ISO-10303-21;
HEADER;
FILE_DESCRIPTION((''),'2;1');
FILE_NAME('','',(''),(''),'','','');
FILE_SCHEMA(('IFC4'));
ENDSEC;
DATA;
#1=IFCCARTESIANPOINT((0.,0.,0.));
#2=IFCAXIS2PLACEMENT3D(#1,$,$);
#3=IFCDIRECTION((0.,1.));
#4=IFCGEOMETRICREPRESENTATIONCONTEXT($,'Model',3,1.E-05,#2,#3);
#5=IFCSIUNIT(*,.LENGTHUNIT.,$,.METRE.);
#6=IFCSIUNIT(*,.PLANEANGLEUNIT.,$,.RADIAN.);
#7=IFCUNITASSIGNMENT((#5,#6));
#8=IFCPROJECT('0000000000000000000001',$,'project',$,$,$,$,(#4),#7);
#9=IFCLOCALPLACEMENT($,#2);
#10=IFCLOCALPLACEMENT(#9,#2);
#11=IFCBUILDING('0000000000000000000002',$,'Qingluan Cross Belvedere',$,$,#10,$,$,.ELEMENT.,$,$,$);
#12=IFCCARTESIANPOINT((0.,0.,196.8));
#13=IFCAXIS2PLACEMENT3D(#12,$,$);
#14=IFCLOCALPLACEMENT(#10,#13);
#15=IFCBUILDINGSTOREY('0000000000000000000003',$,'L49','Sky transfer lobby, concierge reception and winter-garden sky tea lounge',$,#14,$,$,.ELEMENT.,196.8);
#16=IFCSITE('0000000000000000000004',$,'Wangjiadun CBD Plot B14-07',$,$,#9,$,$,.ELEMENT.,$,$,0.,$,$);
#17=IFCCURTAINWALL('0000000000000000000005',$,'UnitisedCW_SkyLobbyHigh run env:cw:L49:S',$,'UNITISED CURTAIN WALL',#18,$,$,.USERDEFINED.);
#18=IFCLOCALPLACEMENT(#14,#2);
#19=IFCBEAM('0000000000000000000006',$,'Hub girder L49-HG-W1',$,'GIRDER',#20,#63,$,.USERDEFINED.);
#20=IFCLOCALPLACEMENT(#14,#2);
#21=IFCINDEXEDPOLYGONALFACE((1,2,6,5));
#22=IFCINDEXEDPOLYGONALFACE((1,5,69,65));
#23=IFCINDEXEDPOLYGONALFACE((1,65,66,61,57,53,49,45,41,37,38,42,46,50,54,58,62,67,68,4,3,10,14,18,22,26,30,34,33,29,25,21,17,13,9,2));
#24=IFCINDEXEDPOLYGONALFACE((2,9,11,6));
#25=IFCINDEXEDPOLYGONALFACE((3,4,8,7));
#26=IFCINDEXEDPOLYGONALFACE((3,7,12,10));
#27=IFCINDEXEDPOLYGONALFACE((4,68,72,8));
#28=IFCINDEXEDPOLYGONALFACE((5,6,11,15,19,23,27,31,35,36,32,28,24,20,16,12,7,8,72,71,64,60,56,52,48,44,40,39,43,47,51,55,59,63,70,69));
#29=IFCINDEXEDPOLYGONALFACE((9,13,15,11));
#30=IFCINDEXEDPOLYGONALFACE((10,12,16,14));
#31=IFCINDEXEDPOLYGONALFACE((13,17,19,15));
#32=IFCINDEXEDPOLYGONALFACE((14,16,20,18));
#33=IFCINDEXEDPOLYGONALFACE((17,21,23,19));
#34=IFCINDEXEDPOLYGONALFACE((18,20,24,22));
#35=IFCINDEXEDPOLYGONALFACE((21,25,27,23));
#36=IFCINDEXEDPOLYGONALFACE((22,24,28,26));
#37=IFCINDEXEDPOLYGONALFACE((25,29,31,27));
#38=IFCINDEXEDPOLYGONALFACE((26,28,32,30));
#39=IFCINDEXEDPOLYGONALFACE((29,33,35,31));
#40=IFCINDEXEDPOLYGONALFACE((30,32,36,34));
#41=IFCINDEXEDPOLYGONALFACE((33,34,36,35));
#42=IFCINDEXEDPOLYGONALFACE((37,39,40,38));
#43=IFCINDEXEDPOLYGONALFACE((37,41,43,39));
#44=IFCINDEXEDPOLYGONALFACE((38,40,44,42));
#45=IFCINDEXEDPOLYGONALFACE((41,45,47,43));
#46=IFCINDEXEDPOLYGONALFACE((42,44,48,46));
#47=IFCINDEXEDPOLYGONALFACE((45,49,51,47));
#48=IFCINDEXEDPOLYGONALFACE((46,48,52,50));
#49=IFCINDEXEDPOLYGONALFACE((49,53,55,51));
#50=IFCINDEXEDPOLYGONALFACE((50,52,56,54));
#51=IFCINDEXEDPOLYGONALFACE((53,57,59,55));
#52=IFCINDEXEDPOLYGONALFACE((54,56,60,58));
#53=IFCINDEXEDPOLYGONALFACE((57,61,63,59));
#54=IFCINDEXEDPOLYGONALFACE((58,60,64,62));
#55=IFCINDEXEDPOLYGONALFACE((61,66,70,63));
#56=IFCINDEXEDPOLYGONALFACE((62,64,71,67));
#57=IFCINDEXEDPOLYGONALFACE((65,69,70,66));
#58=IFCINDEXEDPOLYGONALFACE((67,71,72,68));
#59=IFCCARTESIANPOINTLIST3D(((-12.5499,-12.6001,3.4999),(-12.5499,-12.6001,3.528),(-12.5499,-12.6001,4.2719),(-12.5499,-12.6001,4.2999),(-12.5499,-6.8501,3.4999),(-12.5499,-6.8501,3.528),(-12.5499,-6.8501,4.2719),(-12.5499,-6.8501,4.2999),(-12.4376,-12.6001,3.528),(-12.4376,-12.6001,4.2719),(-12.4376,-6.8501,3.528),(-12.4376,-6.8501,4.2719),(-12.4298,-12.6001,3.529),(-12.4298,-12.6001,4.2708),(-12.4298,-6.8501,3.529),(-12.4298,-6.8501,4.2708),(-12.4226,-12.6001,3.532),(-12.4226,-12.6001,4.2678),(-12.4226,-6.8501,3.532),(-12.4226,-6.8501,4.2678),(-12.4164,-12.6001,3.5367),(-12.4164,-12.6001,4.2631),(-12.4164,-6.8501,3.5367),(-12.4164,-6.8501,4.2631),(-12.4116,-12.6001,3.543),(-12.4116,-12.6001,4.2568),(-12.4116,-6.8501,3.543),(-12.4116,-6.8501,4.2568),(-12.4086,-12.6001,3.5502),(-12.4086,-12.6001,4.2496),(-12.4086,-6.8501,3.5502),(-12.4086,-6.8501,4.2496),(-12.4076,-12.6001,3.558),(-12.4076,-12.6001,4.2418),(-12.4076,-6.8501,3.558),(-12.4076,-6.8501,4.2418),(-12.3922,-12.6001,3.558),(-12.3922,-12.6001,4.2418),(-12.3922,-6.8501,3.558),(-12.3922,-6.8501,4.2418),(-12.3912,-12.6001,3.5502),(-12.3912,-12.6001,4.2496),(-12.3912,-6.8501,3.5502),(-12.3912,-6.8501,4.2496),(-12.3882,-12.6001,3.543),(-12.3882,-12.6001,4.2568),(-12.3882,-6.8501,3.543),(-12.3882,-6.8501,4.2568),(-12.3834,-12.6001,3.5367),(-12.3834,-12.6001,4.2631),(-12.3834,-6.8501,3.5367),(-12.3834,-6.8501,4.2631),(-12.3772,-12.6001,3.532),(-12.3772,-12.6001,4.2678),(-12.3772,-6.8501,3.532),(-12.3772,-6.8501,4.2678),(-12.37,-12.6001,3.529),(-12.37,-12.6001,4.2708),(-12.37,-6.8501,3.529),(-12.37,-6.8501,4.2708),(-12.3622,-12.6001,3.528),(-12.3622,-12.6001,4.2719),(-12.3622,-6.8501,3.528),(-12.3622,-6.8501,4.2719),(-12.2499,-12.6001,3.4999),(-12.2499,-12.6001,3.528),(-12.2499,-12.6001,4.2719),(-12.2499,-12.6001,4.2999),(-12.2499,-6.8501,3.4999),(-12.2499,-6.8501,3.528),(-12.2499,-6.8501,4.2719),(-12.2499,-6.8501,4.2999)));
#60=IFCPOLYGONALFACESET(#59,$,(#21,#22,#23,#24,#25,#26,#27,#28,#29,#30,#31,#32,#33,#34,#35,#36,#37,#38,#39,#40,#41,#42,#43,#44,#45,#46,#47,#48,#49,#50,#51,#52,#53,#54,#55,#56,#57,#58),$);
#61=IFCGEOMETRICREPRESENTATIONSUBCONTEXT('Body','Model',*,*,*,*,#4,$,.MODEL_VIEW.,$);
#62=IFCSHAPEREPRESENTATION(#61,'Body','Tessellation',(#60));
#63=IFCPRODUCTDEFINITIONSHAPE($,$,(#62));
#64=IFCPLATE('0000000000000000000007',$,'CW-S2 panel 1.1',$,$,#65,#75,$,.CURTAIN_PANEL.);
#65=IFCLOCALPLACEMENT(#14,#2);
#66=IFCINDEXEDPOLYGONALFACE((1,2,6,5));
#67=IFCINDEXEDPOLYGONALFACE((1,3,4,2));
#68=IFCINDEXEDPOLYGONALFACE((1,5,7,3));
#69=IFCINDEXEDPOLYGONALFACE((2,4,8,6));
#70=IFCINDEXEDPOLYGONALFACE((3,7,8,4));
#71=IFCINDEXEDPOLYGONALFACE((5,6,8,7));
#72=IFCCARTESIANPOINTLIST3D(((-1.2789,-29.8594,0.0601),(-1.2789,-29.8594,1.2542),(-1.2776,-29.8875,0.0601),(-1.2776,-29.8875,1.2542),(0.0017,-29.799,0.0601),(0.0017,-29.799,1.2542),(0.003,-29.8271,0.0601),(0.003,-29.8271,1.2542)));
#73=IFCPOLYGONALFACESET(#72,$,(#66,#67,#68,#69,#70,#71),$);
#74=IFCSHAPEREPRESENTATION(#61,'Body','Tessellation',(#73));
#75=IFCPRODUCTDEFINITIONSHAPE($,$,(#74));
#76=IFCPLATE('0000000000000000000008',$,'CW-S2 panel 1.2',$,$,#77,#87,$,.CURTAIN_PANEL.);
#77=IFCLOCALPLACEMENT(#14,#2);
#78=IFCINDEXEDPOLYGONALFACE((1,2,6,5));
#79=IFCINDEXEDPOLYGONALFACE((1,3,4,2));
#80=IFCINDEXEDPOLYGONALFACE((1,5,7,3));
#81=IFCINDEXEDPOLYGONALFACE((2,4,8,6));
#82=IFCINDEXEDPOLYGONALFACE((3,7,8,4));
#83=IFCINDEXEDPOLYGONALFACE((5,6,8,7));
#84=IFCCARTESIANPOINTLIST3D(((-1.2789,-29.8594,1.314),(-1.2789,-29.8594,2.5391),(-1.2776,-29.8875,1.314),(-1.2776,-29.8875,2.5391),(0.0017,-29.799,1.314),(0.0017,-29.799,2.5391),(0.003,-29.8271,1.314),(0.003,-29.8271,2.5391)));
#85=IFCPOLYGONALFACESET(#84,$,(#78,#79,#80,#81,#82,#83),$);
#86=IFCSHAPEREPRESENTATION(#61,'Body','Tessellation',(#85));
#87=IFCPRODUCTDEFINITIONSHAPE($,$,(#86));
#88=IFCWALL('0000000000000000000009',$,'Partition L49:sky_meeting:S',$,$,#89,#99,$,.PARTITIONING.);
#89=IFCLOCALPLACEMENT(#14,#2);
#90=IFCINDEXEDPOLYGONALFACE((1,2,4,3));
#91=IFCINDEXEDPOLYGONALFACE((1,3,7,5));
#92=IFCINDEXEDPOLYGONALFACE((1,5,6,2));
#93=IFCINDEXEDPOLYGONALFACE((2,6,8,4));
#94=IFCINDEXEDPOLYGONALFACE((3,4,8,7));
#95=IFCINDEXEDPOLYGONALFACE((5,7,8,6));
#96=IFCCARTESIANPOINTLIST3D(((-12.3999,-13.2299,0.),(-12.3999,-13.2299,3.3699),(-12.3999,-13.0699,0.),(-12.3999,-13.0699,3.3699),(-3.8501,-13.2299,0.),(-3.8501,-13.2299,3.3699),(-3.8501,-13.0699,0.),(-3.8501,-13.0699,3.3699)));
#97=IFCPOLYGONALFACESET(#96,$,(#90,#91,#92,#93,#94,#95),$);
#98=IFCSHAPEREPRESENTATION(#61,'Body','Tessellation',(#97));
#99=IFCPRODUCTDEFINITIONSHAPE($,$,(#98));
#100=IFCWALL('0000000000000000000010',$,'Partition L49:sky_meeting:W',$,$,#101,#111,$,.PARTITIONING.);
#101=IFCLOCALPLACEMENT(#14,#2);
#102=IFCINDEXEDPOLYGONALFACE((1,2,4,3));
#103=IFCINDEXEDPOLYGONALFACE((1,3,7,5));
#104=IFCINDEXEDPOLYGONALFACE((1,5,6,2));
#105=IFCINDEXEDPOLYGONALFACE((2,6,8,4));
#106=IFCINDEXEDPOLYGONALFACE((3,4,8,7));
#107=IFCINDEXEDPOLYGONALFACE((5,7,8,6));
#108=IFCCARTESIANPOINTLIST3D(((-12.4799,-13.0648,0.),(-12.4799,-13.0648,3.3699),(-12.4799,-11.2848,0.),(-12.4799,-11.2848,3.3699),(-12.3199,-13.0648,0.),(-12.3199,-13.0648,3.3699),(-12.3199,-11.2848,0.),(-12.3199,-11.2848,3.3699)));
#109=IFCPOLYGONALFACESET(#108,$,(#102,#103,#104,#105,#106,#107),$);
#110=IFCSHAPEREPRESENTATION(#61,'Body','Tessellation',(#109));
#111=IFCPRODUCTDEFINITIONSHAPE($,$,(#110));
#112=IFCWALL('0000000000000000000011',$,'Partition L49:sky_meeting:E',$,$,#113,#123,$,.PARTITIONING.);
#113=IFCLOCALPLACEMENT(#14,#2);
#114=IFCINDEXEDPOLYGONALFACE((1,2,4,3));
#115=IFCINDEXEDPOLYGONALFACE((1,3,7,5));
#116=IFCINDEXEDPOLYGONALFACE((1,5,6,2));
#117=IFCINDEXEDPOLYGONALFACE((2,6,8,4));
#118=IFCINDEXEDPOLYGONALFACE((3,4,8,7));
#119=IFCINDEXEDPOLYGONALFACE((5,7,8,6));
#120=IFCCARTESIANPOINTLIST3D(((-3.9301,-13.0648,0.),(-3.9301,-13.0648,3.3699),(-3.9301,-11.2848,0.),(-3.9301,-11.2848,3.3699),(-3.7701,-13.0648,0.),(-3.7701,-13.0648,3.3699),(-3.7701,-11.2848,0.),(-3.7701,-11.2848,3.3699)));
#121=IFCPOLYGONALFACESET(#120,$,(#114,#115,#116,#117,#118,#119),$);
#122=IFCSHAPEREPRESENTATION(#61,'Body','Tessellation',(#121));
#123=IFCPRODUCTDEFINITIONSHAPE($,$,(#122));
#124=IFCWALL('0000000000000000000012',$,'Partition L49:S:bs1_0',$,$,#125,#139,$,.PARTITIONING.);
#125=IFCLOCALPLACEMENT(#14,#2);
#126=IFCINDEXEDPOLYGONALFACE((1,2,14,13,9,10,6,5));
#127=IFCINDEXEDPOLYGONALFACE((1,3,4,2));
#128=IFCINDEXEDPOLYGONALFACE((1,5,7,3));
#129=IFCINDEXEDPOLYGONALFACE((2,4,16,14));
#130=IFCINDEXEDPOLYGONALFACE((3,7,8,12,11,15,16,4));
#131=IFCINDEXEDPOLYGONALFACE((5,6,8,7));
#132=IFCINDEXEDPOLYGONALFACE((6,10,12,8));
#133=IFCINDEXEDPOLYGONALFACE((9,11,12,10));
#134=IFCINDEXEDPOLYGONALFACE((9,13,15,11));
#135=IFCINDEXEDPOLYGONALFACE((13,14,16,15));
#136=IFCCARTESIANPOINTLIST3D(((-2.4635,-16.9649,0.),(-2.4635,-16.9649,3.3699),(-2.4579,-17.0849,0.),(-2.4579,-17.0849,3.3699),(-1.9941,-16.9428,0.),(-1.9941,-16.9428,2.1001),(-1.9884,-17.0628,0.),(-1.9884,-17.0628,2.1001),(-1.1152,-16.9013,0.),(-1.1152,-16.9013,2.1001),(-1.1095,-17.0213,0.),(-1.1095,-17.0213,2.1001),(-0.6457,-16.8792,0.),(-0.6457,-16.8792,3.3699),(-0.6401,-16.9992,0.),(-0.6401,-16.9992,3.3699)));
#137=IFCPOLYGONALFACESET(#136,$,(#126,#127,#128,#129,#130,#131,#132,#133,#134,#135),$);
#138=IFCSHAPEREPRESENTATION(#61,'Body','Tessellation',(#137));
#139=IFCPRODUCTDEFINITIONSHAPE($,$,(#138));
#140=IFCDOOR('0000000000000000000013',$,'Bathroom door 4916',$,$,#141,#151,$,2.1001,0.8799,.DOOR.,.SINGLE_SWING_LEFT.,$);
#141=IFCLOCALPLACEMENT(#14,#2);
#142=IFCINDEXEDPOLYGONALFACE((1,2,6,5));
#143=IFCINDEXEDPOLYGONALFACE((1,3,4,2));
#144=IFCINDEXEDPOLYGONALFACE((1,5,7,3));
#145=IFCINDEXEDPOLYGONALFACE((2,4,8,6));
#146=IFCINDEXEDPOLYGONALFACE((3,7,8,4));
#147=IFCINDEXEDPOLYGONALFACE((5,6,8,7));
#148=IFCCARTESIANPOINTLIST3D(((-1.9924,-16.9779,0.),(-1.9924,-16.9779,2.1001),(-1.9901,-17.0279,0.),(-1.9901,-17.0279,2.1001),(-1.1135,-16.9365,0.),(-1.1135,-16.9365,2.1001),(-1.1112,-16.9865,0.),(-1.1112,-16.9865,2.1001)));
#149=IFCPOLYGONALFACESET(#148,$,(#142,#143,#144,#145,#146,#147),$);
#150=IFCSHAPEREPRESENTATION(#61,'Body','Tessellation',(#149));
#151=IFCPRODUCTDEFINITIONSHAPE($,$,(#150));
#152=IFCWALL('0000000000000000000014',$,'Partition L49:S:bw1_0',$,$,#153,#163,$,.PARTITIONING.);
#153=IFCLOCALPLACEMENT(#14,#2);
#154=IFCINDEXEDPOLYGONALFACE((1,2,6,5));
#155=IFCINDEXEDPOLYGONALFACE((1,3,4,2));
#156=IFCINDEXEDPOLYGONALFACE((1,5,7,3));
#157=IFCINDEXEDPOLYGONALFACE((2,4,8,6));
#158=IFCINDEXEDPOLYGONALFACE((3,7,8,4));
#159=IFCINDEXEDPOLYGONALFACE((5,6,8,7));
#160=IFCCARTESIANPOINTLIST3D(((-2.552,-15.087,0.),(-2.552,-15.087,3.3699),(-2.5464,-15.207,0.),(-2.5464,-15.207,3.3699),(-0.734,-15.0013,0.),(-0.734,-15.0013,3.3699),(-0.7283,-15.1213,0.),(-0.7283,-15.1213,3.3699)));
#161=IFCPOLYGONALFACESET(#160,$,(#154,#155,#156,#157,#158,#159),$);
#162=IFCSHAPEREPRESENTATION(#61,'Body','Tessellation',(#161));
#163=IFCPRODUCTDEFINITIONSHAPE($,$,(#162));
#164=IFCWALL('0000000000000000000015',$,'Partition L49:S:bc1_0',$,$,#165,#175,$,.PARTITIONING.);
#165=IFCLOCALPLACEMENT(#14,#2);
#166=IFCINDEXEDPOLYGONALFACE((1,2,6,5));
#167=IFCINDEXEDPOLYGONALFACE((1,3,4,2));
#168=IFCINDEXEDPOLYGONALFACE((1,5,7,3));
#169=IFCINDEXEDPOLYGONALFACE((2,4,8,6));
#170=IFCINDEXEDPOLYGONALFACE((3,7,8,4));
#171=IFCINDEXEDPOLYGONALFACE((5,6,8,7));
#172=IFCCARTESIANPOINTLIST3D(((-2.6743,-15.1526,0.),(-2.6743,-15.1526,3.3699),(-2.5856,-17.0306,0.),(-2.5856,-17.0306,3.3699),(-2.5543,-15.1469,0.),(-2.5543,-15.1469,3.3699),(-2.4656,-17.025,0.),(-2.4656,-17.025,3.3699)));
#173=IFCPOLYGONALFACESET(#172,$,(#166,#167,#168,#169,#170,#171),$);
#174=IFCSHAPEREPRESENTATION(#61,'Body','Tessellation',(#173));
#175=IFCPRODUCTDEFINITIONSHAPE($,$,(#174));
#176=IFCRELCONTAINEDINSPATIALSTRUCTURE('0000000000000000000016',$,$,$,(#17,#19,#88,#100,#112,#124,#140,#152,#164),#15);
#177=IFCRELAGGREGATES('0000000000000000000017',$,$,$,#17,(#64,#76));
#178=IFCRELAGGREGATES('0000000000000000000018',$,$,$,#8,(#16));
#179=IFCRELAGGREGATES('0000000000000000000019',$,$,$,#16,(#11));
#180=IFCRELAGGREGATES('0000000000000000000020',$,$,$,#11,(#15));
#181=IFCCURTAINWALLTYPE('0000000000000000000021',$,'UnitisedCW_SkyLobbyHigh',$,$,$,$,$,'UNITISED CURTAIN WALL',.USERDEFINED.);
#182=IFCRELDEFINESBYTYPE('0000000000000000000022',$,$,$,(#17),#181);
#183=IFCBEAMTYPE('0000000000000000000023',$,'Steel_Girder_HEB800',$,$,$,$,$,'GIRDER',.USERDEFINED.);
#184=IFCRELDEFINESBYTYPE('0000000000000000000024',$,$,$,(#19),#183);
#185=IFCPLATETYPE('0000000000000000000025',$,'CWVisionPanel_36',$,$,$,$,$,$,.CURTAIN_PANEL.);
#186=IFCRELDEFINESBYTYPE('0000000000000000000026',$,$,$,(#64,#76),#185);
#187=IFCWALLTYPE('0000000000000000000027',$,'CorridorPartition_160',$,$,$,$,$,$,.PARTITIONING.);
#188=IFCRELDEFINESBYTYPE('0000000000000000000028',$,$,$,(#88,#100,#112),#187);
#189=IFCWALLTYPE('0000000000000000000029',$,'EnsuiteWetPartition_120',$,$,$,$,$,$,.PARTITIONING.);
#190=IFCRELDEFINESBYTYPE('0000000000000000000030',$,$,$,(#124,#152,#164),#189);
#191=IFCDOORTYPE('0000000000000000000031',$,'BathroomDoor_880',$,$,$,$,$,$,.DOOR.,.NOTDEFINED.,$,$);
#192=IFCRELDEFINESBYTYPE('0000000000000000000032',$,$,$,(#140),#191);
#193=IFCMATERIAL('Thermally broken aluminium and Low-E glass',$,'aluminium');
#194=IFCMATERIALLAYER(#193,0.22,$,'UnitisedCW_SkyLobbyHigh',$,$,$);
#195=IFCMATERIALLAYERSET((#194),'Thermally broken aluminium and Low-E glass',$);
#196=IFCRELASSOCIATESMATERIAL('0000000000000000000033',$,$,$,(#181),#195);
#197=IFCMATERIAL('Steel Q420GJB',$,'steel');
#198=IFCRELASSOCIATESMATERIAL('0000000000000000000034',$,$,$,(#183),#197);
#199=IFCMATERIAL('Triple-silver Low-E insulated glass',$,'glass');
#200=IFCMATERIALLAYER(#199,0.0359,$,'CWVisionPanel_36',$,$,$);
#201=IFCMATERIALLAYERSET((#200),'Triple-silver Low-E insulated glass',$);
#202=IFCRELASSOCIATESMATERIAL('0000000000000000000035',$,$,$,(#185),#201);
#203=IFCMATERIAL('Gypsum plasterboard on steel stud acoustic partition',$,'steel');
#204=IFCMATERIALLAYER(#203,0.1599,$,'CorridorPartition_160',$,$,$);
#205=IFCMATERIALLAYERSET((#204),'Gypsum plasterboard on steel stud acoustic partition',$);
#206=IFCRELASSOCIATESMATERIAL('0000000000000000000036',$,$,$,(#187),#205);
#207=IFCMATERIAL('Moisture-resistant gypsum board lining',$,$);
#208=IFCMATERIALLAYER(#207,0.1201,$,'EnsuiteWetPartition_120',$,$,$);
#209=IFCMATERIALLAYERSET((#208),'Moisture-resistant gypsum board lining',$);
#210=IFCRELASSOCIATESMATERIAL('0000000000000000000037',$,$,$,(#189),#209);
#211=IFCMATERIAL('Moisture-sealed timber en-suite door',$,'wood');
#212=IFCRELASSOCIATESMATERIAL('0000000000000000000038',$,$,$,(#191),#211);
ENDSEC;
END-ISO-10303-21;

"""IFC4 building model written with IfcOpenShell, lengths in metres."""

from ifc_helpers import new_model, si_unit, direction, frame, frame_2d, origin, origin_2d, place, context, subcontext, project, spatial, rectangle, i_section, extrude, material, layer, layer_set, material_profile, profile_set, type_object, element, fill, aggregate, save


model = new_model("IFC4")

# Units and contexts
model_context = context("Model", 3, precision=1e-05, world=origin(), true_north=direction((0.0, 1.0)))
body_context = subcontext(model_context, "Body", "Model", "MODEL_VIEW")
ifc_project = project(units=[si_unit("LENGTHUNIT", "METRE"), si_unit("PLANEANGLEUNIT", "RADIAN")], contexts=[model_context])

# Site, building, storey
site_placement = place(None, origin())
site = spatial("IfcSite", under=ifc_project, at=site_placement, Name="Wangjiadun CBD Plot B14-07", CompositionType="ELEMENT", RefElevation=0.0)
building_placement = place(site_placement, origin())
building = spatial("IfcBuilding", under=site, at=building_placement, Name="Qingluan Cross Belvedere", CompositionType="ELEMENT")
storey_placement = place(building_placement, frame((0.0, 0.0, 196.8)))
storey = spatial("IfcBuildingStorey", under=building, at=storey_placement, Name="L49", Description="Sky transfer lobby, concierge reception and winter-garden sky tea lounge", CompositionType="ELEMENT", Elevation=196.8)

# Curtain wall
ifc_material_1 = material(Name="Thermally broken aluminium and Low-E glass", Category="aluminium")
ifc_layer_1 = layer(ifc_material_1, 0.22, Name="UnitisedCW_SkyLobbyHigh")
ifc_layer_set_1 = layer_set([ifc_layer_1], Name="Thermally broken aluminium and Low-E glass")
curtain_wall_type = type_object("IfcCurtainWallType", Name="UnitisedCW_SkyLobbyHigh", ElementType="UNITISED CURTAIN WALL", PredefinedType="USERDEFINED", material=ifc_layer_set_1)
curtain_wall_placement = place(storey_placement, origin())
curtain_wall = element("IfcCurtainWall", 1, at=curtain_wall_placement, inside=storey, type_object=curtain_wall_type, Name="UnitisedCW_SkyLobbyHigh run env:cw:L49:S", ObjectType="UNITISED CURTAIN WALL", PredefinedType="USERDEFINED")

# Beam
ifc_material_2 = material(Name="Steel Q420GJB", Category="steel")
ifc_material_profile_1 = material_profile(ifc_material_2, i_section(OverallWidth=0.3, OverallDepth=0.8, WebThickness=0.0154, FlangeThickness=0.0281, FilletRadius=0.03, at=origin_2d()), Name="HEB800")
ifc_profile_set_1 = profile_set([ifc_material_profile_1], Name="Steel Q420GJB")
beam_type_1 = type_object("IfcBeamType", Name="Steel_Girder_HEB800", ElementType="GIRDER", PredefinedType="USERDEFINED", material=ifc_profile_set_1)
beam_1_placement = place(storey_placement, frame((-12.3999, -12.6001, 3.8999), z_axis=(0.0, 1.0, 0.0), x_axis=(-1.0, 0.0, 0.0)))
element("IfcBeam", 2, at=beam_1_placement, inside=storey, type_object=beam_type_1, Name="Hub girder L49-HG-W1", ObjectType="GIRDER", PredefinedType="USERDEFINED", context=body_context, shape_type="SweptSolid", body=[
    extrude(i_section(OverallWidth=0.3, OverallDepth=0.8, WebThickness=0.0154, FlangeThickness=0.0281, FilletRadius=0.03, at=origin_2d()), origin(), (0.0, 0.0, 1.0), 5.75),
])

# Plates
ifc_material_3 = material(Name="Triple-silver Low-E insulated glass", Category="glass")
ifc_layer_2 = layer(ifc_material_3, 0.0359, Name="CWVisionPanel_36")
ifc_layer_set_2 = layer_set([ifc_layer_2], Name="Triple-silver Low-E insulated glass")
plate_type = type_object("IfcPlateType", Name="CWVisionPanel_36", PredefinedType="CURTAIN_PANEL", material=ifc_layer_set_2)
plate_1_placement = place(storey_placement, frame((-0.6379, -29.8433, 0.0601), z_axis=(0.0, 0.0, 1.0), x_axis=(0.99889, 0.047102, 0.0)))
plate_1 = element("IfcPlate", 3, at=plate_1_placement, type_object=plate_type, Name="CW-S2 panel 1.1", PredefinedType="CURTAIN_PANEL", context=body_context, shape_type="SweptSolid", body=[
    extrude(rectangle(XDim=1.282, YDim=0.0281, at=origin_2d()), origin(), (0.0, 0.0, 1.0), 1.1941),
])
plate_2_placement = place(storey_placement, frame((-0.6379, -29.8433, 1.314), z_axis=(0.0, 0.0, 1.0), x_axis=(0.99889, 0.047102, 0.0)))
plate_2 = element("IfcPlate", 4, at=plate_2_placement, type_object=plate_type, Name="CW-S2 panel 1.2", PredefinedType="CURTAIN_PANEL", context=body_context, shape_type="SweptSolid", body=[
    extrude(rectangle(XDim=1.282, YDim=0.0281, at=origin_2d()), origin(), (0.0, 0.0, 1.0), 1.2251),
])
aggregate(curtain_wall, [plate_1, plate_2])

# Walls
ifc_material_4 = material(Name="Gypsum plasterboard on steel stud acoustic partition", Category="steel")
ifc_layer_3 = layer(ifc_material_4, 0.1599, Name="CorridorPartition_160")
ifc_layer_set_3 = layer_set([ifc_layer_3], Name="Gypsum plasterboard on steel stud acoustic partition")
wall_type_1 = type_object("IfcWallType", Name="CorridorPartition_160", PredefinedType="PARTITIONING", material=ifc_layer_set_3)
wall_1_placement = place(storey_placement, frame((-12.3999, -13.1499, 0.0), z_axis=(0.0, 0.0, 1.0), x_axis=(1.0, 0.0, 0.0)))
element("IfcWall", 5, at=wall_1_placement, inside=storey, type_object=wall_type_1, Name="Partition L49:sky_meeting:S", PredefinedType="PARTITIONING", context=body_context, shape_type="SweptSolid", body=[
    extrude(rectangle(XDim=8.5498, YDim=0.1599, at=frame_2d((4.2749, 0.0))), origin(), (0.0, 0.0, 1.0), 3.3699),
])
for number, where, z_axis, x_axis, name in (
    (6, (-12.3999, -13.0649, 0.0), (0.0, 0.0, 1.0), (0.0, 1.0, 0.0), "Partition L49:sky_meeting:W"),
    (7, (-3.8501, -13.0649, 0.0), (0.0, 0.0, 1.0), (0.0, 1.0, 0.0), "Partition L49:sky_meeting:E"),
):
    element("IfcWall", number, at=place(storey_placement, frame(where, z_axis=z_axis, x_axis=x_axis)), inside=storey, type_object=wall_type_1, Name=name, PredefinedType="PARTITIONING", context=body_context, shape_type="SweptSolid", body=[
        extrude(rectangle(XDim=1.78, YDim=0.1599, at=frame_2d((0.8901, 0.0))), origin(), (0.0, 0.0, 1.0), 3.3699),
    ])

# Wall, opening, door
ifc_material_5 = material(Name="Moisture-resistant gypsum board lining")
ifc_layer_4 = layer(ifc_material_5, 0.1201, Name="EnsuiteWetPartition_120")
ifc_layer_set_4 = layer_set([ifc_layer_4], Name="Moisture-resistant gypsum board lining")
wall_type_2 = type_object("IfcWallType", Name="EnsuiteWetPartition_120", PredefinedType="PARTITIONING", material=ifc_layer_set_4)
wall_2_placement = place(storey_placement, frame((-2.4607, -17.0249, 0.0), z_axis=(0.0, 0.0, 1.0), x_axis=(0.998891, 0.047087, 0.0)))
wall_2 = element("IfcWall", 8, at=wall_2_placement, inside=storey, type_object=wall_type_2, Name="Partition L49:S:bs1_0", PredefinedType="PARTITIONING", context=body_context, shape_type="SweptSolid", body=[
    extrude(rectangle(XDim=1.8198, YDim=0.1201, at=frame_2d((0.9099, 0.0))), origin(), (0.0, 0.0, 1.0), 3.3699),
])
opening_1_placement = place(wall_2_placement, frame((0.47, 0.0, 0.0)))
opening_1 = element("IfcOpeningElement", 9, at=opening_1_placement, cuts=wall_2, PredefinedType="OPENING", context=body_context, shape_type="SweptSolid", body=[
    extrude(rectangle(XDim=0.8799, YDim=2.1001, at=frame_2d((0.4399, 1.05))), frame((0.0, 0.0701, 0.0), z_axis=(0.0, -1.0, 0.0), x_axis=(1.0, 0.0, 0.0)), (0.0, 0.0, 1.0), 0.1401),
])
ifc_material_6 = material(Name="Moisture-sealed timber en-suite door", Category="wood")
door_type_1 = type_object("IfcDoorType", Name="BathroomDoor_880", OperationType="NOTDEFINED", PredefinedType="DOOR", material=ifc_material_6)
door_1_placement = place(opening_1_placement, origin())
door_1 = element("IfcDoor", 10, at=door_1_placement, inside=storey, type_object=door_type_1, Name="Bathroom door 4916", OperationType="SINGLE_SWING_LEFT", OverallHeight=2.1001, OverallWidth=0.8799, PredefinedType="DOOR", context=body_context, shape_type="SweptSolid", body=[
    extrude(rectangle(XDim=0.8799, YDim=2.1001, at=frame_2d((0.4399, 1.05))), frame((0.0, 0.0249, 0.0), z_axis=(0.0, -1.0, 0.0), x_axis=(1.0, 0.0, 0.0)), (0.0, 0.0, 1.0), 0.05),
])
fill(opening_1, door_1)

# Walls
wall_3_placement = place(storey_placement, frame((-2.5493, -15.147, 0.0), z_axis=(0.0, 0.0, 1.0), x_axis=(0.998891, 0.047081, 0.0)))
element("IfcWall", 11, at=wall_3_placement, inside=storey, type_object=wall_type_2, Name="Partition L49:S:bw1_0", PredefinedType="PARTITIONING", context=body_context, shape_type="SweptSolid", body=[
    extrude(rectangle(XDim=1.8201, YDim=0.1201, at=frame_2d((0.9102, 0.0))), origin(), (0.0, 0.0, 1.0), 3.3699),
])
wall_4_placement = place(storey_placement, frame((-2.6143, -15.1499, 0.0), z_axis=(0.0, 0.0, 1.0), x_axis=(0.047139, -0.998888, 0.0)))
element("IfcWall", 12, at=wall_4_placement, inside=storey, type_object=wall_type_2, Name="Partition L49:S:bc1_0", PredefinedType="PARTITIONING", context=body_context, shape_type="SweptSolid", body=[
    extrude(rectangle(XDim=1.8801, YDim=0.1201, at=frame_2d((0.9399, 0.0))), origin(), (0.0, 0.0, 1.0), 3.3699),
])

save(model, "model.ifc")
